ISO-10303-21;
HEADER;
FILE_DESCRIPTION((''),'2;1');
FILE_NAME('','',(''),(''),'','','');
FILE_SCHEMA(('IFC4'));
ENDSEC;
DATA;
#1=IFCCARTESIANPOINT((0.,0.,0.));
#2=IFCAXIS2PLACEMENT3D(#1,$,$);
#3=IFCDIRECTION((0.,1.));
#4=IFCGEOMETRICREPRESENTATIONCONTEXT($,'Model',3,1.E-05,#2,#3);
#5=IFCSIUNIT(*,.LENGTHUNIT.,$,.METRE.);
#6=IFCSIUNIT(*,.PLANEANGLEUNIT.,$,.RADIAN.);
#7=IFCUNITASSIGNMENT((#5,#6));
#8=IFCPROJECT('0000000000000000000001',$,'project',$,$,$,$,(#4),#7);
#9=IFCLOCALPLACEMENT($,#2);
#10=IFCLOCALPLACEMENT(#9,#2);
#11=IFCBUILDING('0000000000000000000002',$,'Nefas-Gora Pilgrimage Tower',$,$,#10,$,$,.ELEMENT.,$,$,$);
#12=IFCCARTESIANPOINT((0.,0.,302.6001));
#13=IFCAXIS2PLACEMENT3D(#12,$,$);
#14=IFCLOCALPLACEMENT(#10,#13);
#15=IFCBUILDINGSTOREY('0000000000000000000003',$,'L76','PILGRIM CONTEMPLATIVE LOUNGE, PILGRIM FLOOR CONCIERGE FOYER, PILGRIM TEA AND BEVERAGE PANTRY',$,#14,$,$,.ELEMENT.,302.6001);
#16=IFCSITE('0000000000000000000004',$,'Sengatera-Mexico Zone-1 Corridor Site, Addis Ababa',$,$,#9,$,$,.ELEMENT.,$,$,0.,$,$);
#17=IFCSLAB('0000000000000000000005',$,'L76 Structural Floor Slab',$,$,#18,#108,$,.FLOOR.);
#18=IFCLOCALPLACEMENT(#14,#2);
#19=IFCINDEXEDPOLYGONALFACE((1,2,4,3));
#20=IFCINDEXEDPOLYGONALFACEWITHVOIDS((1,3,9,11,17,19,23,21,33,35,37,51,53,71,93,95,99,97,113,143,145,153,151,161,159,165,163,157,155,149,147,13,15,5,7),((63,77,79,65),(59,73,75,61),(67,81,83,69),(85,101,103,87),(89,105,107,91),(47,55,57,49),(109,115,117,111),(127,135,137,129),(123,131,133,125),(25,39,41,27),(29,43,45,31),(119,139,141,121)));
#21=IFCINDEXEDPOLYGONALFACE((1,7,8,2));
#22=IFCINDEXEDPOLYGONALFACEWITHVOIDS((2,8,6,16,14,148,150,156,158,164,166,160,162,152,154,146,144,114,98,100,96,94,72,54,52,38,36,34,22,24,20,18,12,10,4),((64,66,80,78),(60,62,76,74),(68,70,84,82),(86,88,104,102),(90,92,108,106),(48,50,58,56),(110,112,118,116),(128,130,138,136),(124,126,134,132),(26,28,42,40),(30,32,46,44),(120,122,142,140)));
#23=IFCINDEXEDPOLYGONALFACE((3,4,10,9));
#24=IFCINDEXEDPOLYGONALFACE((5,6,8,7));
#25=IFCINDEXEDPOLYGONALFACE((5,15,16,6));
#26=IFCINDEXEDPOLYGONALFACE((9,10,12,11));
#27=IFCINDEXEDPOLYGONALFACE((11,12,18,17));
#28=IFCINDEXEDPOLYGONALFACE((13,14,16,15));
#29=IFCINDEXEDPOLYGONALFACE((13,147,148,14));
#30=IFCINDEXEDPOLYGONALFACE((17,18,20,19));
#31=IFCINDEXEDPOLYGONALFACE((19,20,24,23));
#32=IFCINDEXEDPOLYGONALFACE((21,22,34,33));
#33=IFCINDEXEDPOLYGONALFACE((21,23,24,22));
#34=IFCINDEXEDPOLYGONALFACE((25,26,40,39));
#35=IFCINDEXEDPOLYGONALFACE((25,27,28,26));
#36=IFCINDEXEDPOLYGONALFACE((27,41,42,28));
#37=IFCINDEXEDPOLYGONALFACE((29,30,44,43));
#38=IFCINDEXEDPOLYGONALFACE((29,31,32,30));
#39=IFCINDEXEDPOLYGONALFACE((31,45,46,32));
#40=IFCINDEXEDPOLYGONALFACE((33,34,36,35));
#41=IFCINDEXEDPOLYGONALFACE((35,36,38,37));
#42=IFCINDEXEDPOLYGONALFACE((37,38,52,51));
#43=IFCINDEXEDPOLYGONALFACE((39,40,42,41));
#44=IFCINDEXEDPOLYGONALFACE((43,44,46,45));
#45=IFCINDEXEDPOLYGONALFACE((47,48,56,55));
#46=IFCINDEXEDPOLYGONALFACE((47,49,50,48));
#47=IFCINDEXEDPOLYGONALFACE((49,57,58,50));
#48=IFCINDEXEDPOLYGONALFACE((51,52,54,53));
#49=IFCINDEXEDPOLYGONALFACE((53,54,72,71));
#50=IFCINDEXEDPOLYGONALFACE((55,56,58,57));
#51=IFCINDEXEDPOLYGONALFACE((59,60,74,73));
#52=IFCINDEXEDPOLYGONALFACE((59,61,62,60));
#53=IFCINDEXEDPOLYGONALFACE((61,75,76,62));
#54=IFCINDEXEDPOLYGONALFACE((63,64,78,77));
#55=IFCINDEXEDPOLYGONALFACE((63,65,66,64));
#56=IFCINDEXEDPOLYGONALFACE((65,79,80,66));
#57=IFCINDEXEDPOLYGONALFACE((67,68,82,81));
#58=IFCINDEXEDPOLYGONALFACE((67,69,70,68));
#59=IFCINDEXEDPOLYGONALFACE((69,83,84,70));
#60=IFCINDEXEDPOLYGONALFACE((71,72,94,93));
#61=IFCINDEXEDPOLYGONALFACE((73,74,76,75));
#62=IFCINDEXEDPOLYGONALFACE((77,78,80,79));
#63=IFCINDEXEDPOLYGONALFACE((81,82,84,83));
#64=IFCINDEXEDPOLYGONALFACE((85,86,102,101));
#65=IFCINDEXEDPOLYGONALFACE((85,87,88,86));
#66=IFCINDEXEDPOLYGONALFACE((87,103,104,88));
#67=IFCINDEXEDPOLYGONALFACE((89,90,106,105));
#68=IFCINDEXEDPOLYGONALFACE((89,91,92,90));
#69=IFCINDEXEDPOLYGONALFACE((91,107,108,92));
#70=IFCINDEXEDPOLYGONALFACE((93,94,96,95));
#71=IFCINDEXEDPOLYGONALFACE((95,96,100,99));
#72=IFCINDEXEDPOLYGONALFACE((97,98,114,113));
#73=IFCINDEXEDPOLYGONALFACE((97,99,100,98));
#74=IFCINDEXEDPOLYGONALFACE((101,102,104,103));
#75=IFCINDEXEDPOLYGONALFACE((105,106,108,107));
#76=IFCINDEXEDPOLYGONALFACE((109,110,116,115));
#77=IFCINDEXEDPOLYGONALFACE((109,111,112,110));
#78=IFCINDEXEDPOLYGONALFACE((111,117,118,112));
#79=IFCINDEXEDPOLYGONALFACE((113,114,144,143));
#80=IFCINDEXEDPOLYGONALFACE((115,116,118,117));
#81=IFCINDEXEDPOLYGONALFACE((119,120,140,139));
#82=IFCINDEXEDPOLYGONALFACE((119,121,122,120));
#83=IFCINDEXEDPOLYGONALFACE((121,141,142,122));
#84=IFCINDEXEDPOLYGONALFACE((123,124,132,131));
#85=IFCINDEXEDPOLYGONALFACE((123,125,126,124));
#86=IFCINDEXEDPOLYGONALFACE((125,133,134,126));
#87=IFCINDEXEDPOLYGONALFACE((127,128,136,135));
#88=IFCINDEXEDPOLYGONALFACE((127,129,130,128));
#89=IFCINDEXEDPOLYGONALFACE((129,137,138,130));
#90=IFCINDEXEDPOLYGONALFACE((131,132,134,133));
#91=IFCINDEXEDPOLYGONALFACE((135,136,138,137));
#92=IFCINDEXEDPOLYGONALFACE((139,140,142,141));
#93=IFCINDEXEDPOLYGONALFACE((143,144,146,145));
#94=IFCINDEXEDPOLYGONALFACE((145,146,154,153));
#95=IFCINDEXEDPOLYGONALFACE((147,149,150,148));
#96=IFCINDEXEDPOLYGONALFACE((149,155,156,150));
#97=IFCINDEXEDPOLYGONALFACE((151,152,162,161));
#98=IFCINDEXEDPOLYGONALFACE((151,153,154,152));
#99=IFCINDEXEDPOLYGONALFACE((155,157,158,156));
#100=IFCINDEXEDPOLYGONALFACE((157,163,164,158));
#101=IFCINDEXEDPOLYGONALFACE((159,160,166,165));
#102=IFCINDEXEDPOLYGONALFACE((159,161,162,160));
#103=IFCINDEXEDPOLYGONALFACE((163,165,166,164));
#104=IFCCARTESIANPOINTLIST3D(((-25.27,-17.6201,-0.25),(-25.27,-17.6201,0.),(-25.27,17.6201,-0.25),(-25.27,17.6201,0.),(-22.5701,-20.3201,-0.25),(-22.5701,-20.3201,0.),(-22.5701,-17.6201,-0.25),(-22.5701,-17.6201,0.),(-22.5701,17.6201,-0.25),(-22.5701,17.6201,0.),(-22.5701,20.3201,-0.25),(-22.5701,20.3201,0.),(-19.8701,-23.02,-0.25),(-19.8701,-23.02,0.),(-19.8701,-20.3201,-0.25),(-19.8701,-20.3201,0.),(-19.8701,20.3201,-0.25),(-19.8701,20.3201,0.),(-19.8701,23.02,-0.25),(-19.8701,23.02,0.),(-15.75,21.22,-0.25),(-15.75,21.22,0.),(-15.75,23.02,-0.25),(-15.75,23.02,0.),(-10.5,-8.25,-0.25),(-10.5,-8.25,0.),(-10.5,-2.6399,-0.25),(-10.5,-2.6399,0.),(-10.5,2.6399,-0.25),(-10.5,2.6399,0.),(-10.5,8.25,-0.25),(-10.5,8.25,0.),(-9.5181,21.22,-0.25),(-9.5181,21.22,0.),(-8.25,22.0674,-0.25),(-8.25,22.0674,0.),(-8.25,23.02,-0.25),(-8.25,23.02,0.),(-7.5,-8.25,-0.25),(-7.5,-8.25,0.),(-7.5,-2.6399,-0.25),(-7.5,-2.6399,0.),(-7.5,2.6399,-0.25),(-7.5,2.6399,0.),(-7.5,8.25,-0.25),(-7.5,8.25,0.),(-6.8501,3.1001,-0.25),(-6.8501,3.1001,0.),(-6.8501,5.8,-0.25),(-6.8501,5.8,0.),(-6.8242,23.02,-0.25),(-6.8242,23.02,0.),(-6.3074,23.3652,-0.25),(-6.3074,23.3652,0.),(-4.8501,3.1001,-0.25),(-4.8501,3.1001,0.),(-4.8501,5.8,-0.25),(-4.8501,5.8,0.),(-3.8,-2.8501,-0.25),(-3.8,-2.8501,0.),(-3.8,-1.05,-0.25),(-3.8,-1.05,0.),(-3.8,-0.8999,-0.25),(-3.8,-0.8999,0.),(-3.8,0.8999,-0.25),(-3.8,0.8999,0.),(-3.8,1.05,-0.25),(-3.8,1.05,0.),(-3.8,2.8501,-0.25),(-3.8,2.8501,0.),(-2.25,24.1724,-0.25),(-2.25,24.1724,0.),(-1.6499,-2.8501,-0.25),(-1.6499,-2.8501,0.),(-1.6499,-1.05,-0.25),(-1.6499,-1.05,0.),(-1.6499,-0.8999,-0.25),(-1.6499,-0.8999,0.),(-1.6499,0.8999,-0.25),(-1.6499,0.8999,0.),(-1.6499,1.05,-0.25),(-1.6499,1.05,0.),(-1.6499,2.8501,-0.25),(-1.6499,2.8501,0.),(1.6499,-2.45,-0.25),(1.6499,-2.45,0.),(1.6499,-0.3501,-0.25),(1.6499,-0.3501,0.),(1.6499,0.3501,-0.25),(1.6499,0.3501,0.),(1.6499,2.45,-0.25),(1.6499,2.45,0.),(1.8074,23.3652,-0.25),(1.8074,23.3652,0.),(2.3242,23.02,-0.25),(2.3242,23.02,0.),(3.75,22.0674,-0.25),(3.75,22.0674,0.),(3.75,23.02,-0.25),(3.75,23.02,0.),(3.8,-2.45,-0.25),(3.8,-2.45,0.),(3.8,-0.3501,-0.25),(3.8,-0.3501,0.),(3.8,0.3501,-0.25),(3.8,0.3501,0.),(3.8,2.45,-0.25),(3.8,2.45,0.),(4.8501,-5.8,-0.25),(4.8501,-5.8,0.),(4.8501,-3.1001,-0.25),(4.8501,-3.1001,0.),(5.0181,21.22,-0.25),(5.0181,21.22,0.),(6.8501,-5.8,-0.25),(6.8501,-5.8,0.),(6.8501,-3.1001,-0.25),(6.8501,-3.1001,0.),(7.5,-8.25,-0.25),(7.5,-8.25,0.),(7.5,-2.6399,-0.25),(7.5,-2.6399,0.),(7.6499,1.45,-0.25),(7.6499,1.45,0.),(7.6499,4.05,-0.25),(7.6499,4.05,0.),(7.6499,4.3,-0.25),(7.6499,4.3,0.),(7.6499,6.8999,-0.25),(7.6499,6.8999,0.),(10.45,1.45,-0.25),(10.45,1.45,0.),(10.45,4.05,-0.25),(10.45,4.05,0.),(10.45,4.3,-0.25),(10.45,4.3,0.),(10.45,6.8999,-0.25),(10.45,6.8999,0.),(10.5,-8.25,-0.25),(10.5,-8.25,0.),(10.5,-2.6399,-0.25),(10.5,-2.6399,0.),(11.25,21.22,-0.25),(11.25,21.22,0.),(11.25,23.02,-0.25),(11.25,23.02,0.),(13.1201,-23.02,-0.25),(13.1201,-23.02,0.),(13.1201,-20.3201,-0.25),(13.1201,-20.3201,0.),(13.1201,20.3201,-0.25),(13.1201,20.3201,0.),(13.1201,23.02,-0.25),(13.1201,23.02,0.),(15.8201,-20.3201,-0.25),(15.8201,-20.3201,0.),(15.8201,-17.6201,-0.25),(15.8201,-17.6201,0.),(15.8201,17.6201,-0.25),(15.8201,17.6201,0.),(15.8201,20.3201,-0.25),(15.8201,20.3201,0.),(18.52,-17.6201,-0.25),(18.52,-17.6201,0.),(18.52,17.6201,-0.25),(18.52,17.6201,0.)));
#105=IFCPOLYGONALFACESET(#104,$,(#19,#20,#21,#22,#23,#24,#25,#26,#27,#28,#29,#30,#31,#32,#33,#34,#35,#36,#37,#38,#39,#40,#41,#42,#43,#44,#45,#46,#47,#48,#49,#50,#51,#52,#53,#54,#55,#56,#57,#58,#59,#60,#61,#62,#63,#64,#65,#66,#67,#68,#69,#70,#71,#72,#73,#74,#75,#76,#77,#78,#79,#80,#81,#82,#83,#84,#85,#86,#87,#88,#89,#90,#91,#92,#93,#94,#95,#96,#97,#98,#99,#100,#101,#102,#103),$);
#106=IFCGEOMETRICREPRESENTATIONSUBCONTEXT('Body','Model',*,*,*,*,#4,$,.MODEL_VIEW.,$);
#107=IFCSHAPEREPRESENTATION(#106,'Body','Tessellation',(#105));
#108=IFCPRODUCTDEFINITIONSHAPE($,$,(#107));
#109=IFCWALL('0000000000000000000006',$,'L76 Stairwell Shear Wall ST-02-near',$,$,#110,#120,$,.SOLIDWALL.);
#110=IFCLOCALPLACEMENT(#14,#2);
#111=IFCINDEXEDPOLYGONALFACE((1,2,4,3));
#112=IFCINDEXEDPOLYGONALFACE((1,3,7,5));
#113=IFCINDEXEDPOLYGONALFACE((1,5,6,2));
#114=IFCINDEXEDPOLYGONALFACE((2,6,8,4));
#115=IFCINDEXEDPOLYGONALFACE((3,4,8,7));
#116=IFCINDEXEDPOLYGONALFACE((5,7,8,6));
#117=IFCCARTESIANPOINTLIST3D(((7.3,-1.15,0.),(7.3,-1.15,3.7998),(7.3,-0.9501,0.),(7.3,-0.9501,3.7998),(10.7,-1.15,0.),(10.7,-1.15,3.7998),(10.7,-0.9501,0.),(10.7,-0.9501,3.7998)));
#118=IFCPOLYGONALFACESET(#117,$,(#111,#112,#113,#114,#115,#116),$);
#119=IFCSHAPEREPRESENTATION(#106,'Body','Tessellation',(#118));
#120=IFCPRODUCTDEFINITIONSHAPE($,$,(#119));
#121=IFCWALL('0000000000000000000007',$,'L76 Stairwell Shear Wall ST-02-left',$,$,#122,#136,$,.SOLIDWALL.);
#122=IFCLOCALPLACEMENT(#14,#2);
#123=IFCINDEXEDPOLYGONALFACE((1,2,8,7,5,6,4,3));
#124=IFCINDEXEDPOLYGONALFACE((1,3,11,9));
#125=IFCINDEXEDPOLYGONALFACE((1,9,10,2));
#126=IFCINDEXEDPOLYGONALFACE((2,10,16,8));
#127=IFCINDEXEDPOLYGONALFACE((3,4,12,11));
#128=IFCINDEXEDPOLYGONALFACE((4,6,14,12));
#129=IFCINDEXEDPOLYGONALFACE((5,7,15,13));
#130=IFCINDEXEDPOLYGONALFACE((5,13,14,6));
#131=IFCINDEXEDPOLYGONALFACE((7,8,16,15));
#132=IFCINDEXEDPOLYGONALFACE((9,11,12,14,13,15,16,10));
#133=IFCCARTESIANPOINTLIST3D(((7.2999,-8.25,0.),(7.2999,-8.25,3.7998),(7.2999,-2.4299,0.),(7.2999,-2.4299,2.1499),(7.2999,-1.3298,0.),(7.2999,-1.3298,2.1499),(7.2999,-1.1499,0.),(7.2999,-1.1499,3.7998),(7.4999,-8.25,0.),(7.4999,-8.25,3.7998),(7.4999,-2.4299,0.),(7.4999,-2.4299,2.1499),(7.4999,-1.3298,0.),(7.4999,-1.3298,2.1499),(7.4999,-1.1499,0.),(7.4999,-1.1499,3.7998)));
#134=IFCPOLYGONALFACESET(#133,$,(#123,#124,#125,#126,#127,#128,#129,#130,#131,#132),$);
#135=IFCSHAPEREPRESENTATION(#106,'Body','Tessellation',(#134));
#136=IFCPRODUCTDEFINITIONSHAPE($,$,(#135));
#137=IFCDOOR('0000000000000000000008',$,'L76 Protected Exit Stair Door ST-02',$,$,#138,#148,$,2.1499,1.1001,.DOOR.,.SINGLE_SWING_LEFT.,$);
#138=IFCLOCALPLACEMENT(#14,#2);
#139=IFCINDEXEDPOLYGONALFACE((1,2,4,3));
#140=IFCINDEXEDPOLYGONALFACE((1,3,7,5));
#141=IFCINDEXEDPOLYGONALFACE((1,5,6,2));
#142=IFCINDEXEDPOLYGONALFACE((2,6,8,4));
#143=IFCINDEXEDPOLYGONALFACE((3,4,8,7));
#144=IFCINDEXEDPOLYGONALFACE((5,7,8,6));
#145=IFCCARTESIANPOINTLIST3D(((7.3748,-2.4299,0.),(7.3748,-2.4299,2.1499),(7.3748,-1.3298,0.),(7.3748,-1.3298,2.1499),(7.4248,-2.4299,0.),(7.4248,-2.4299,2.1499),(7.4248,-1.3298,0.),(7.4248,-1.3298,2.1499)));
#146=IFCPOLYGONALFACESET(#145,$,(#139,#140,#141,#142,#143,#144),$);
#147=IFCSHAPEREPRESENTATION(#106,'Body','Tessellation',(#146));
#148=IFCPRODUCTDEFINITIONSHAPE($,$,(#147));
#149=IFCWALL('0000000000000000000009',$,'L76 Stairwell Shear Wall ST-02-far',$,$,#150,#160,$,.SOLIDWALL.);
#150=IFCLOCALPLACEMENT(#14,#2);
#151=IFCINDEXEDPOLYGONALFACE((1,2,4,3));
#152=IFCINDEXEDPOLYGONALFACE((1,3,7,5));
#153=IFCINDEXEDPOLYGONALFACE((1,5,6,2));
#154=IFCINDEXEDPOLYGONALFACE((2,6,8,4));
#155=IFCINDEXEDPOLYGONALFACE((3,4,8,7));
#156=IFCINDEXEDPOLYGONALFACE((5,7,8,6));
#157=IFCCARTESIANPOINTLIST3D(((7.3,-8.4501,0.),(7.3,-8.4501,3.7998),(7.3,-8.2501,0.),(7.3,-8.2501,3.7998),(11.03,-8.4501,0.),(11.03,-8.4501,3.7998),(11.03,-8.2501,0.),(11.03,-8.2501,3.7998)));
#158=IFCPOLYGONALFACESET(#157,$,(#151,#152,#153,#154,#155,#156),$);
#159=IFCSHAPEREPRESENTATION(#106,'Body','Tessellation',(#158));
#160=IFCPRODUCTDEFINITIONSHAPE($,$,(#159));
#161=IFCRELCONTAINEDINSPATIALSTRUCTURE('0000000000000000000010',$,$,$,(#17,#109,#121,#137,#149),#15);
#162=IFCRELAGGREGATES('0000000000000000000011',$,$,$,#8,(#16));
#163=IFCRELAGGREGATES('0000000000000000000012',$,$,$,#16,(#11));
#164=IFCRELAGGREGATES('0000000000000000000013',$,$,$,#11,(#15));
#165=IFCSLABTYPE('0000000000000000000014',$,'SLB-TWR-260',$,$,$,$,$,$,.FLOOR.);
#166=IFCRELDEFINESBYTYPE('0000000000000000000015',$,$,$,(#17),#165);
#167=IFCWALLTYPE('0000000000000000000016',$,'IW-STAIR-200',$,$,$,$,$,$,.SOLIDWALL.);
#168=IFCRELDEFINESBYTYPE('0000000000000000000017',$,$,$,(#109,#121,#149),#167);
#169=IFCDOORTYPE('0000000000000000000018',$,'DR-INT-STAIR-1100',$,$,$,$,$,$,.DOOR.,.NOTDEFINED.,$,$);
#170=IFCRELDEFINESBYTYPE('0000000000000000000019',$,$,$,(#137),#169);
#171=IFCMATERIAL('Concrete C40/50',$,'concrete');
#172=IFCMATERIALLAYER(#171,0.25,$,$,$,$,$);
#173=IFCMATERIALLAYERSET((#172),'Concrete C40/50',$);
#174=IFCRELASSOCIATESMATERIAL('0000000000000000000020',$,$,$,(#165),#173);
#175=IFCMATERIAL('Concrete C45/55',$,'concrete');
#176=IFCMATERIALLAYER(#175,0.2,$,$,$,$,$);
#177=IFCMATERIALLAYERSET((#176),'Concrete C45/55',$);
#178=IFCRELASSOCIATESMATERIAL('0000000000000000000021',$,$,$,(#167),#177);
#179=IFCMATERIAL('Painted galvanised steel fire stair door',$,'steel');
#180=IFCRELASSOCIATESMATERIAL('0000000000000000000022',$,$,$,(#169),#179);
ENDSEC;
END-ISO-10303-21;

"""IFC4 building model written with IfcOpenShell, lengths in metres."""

from ifc_helpers import new_model, si_unit, direction, frame, frame_2d, origin, place, context, subcontext, project, spatial, polyline, rectangle, outline, extrude, source, transform, mapped, material, layer, layer_set, type_object, element, fill, save


model = new_model("IFC4")

# Units and contexts
model_context = context("Model", 3, precision=1e-05, world=origin(), true_north=direction((0.0, 1.0)))
body_context = subcontext(model_context, "Body", "Model", "MODEL_VIEW")
ifc_project = project(units=[si_unit("LENGTHUNIT", "METRE"), si_unit("PLANEANGLEUNIT", "RADIAN")], contexts=[model_context])

# Site, building, storey
site_placement = place(None, origin())
site = spatial("IfcSite", under=ifc_project, at=site_placement, Name="Sengatera-Mexico Zone-1 Corridor Site, Addis Ababa", CompositionType="ELEMENT", RefElevation=0.0)
building_placement = place(site_placement, origin())
building = spatial("IfcBuilding", under=site, at=building_placement, Name="Nefas-Gora Pilgrimage Tower", CompositionType="ELEMENT")
storey_placement = place(building_placement, frame((0.0, 0.0, 302.6001)))
storey = spatial("IfcBuildingStorey", under=building, at=storey_placement, Name="L76", Description="PILGRIM CONTEMPLATIVE LOUNGE, PILGRIM FLOOR CONCIERGE FOYER, PILGRIM TEA AND BEVERAGE PANTRY", CompositionType="ELEMENT", Elevation=302.6001)

# Slab
ifc_material_1 = material(Name="Concrete C40/50", Category="concrete")
ifc_layer_1 = layer(ifc_material_1, 0.25)
ifc_layer_set_1 = layer_set([ifc_layer_1], Name="Concrete C40/50")
slab_type_1 = type_object("IfcSlabType", Name="SLB-TWR-260", PredefinedType="FLOOR", material=ifc_layer_set_1)
slab_1_placement = place(storey_placement, frame((0.0, 0.0, -0.25)))
element("IfcSlab", 1, at=slab_1_placement, inside=storey, type_object=slab_type_1, Name="L76 Structural Floor Slab", PredefinedType="FLOOR", context=body_context, shape_type="SweptSolid", body=[
    extrude(outline(polyline([(15.8201, -17.6201), (18.52, -17.6201), (18.52, 17.6201), (15.8201, 17.6201), (15.8201, 20.3201), (13.1201, 20.3201), (13.1201, 23.02), (11.25, 23.02), (11.25, 21.22), (5.0181, 21.22), (3.75, 22.0674), (3.75, 23.02), (2.3242, 23.02), (1.8074, 23.3652), (-2.25, 24.1724), (-6.3074, 23.3652), (-6.8242, 23.02), (-8.25, 23.02), (-8.25, 22.0674), (-9.5181, 21.22), (-15.75, 21.22), (-15.75, 23.02), (-19.8701, 23.02), (-19.8701, 20.3201), (-22.5701, 20.3201), (-22.5701, 17.6201), (-25.27, 17.6201), (-25.27, -17.6201), (-22.5701, -17.6201), (-22.5701, -20.3201), (-19.8701, -20.3201), (-19.8701, -23.02), (13.1201, -23.02), (13.1201, -20.3201), (15.8201, -20.3201), (15.8201, -17.6201)]), holes=[polyline([(-10.5, 2.6399), (-10.5, 8.25), (-7.5, 8.25), (-7.5, 2.6399), (-10.5, 2.6399)]), polyline([(10.5, -2.6399), (10.5, -8.25), (7.5, -8.25), (7.5, -2.6399), (10.5, -2.6399)]), polyline([(-7.5, -2.6399), (-7.5, -8.25), (-10.5, -8.25), (-10.5, -2.6399), (-7.5, -2.6399)]), polyline([(-6.8501, 5.8), (-4.8501, 5.8), (-4.8501, 3.1001), (-6.8501, 3.1001), (-6.8501, 5.8)]), polyline([(4.8501, -3.1001), (6.8501, -3.1001), (6.8501, -5.8), (4.8501, -5.8), (4.8501, -3.1001)]), polyline([(7.6499, 4.05), (10.45, 4.05), (10.45, 1.45), (7.6499, 1.45), (7.6499, 4.05)]), polyline([(7.6499, 6.8999), (10.45, 6.8999), (10.45, 4.3), (7.6499, 4.3), (7.6499, 6.8999)]), polyline([(-3.8, -1.05), (-1.6499, -1.05), (-1.6499, -2.8501), (-3.8, -2.8501), (-3.8, -1.05)]), polyline([(-3.8, 0.8999), (-1.6499, 0.8999), (-1.6499, -0.8999), (-3.8, -0.8999), (-3.8, 0.8999)]), polyline([(-3.8, 2.8501), (-1.6499, 2.8501), (-1.6499, 1.05), (-3.8, 1.05), (-3.8, 2.8501)]), polyline([(1.6499, -0.3501), (3.8, -0.3501), (3.8, -2.45), (1.6499, -2.45), (1.6499, -0.3501)]), polyline([(1.6499, 2.45), (3.8, 2.45), (3.8, 0.3501), (1.6499, 0.3501), (1.6499, 2.45)])]), origin(), (0.0, 0.0, 1.0), 0.25),
])

# Wall
ifc_material_2 = material(Name="Concrete C45/55", Category="concrete")
ifc_layer_2 = layer(ifc_material_2, 0.2)
ifc_layer_set_2 = layer_set([ifc_layer_2], Name="Concrete C45/55")
wall_type_1 = type_object("IfcWallType", Name="IW-STAIR-200", PredefinedType="SOLIDWALL", material=ifc_layer_set_2)
shared_shape_1 = source(origin(), body_context, "Body", "SweptSolid", [
    extrude(rectangle(XDim=3.3999, YDim=0.2, at=frame_2d((1.7, 0.0))), origin(), (0.0, 0.0, 1.0), 3.7998),
])
wall_1_placement = place(storey_placement, frame((7.3, -1.05, 0.0), z_axis=(0.0, 0.0, 1.0), x_axis=(1.0, 0.0, 0.0)))
element("IfcWall", 2, at=wall_1_placement, inside=storey, type_object=wall_type_1, Name="L76 Stairwell Shear Wall ST-02-near", PredefinedType="SOLIDWALL", context=body_context, shape_type="MappedRepresentation", body=[
    mapped(shared_shape_1, transform((0.0, 0.0, 0.0), x_axis=(1.0, 0.0, 0.0), y_axis=(0.0, 1.0, 0.0), z_axis=(0.0, 0.0, 1.0), scale=1.0)),
])

# Wall, opening, door
shared_shape_2 = source(origin(), body_context, "Body", "SweptSolid", [
    extrude(rectangle(XDim=7.1001, YDim=0.2, at=frame_2d((3.55, 0.0))), origin(), (0.0, 0.0, 1.0), 3.7998),
])
wall_2_placement = place(storey_placement, frame((7.3999, -1.1499, 0.0), z_axis=(0.0, 0.0, 1.0), x_axis=(0.0, -1.0, 0.0)))
wall_2 = element("IfcWall", 3, at=wall_2_placement, inside=storey, type_object=wall_type_1, Name="L76 Stairwell Shear Wall ST-02-left", PredefinedType="SOLIDWALL", context=body_context, shape_type="MappedRepresentation", body=[
    mapped(shared_shape_2, transform((0.0, 0.0, 0.0), x_axis=(1.0, 0.0, 0.0), y_axis=(0.0, 1.0, 0.0), z_axis=(0.0, 0.0, 1.0), scale=1.0)),
])
opening_1_placement = place(wall_2_placement, frame((0.1799, 0.0, 0.0)))
opening_1 = element("IfcOpeningElement", 4, at=opening_1_placement, cuts=wall_2, PredefinedType="OPENING", context=body_context, shape_type="SweptSolid", body=[
    extrude(rectangle(XDim=1.1001, YDim=2.1499, at=frame_2d((0.55, 1.075))), frame((0.0, 0.1099, 0.0), z_axis=(0.0, -1.0, 0.0), x_axis=(1.0, 0.0, 0.0)), (0.0, 0.0, 1.0), 0.22),
])
ifc_material_3 = material(Name="Painted galvanised steel fire stair door", Category="steel")
door_type_1 = type_object("IfcDoorType", Name="DR-INT-STAIR-1100", OperationType="NOTDEFINED", PredefinedType="DOOR", material=ifc_material_3)
shared_shape_3 = source(origin(), body_context, "Body", "SweptSolid", [
    extrude(rectangle(XDim=1.1001, YDim=2.1499, at=frame_2d((0.55, 1.075))), frame((0.0, 0.0249, 0.0), z_axis=(0.0, -1.0, 0.0), x_axis=(1.0, 0.0, 0.0)), (0.0, 0.0, 1.0), 0.05),
])
door_1_placement = place(opening_1_placement, origin())
door_1 = element("IfcDoor", 5, at=door_1_placement, inside=storey, type_object=door_type_1, Name="L76 Protected Exit Stair Door ST-02", OperationType="SINGLE_SWING_LEFT", OverallHeight=2.1499, OverallWidth=1.1001, PredefinedType="DOOR", context=body_context, shape_type="MappedRepresentation", body=[
    mapped(shared_shape_3, transform((0.0, 0.0, 0.0), x_axis=(1.0, 0.0, 0.0), y_axis=(0.0, 1.0, 0.0), z_axis=(0.0, 0.0, 1.0), scale=1.0)),
])
fill(opening_1, door_1)

# Wall
shared_shape_4 = source(origin(), body_context, "Body", "SweptSolid", [
    extrude(rectangle(XDim=3.73, YDim=0.2, at=frame_2d((1.865, 0.0))), origin(), (0.0, 0.0, 1.0), 3.7998),
])
wall_3_placement = place(storey_placement, frame((7.3, -8.3501, 0.0), z_axis=(0.0, 0.0, 1.0), x_axis=(1.0, 0.0, 0.0)))
element("IfcWall", 6, at=wall_3_placement, inside=storey, type_object=wall_type_1, Name="L76 Stairwell Shear Wall ST-02-far", PredefinedType="SOLIDWALL", context=body_context, shape_type="MappedRepresentation", body=[
    mapped(shared_shape_4, transform((0.0, 0.0, 0.0), x_axis=(1.0, 0.0, 0.0), y_axis=(0.0, 1.0, 0.0), z_axis=(0.0, 0.0, 1.0), scale=1.0)),
])

save(model, "model.ifc")
